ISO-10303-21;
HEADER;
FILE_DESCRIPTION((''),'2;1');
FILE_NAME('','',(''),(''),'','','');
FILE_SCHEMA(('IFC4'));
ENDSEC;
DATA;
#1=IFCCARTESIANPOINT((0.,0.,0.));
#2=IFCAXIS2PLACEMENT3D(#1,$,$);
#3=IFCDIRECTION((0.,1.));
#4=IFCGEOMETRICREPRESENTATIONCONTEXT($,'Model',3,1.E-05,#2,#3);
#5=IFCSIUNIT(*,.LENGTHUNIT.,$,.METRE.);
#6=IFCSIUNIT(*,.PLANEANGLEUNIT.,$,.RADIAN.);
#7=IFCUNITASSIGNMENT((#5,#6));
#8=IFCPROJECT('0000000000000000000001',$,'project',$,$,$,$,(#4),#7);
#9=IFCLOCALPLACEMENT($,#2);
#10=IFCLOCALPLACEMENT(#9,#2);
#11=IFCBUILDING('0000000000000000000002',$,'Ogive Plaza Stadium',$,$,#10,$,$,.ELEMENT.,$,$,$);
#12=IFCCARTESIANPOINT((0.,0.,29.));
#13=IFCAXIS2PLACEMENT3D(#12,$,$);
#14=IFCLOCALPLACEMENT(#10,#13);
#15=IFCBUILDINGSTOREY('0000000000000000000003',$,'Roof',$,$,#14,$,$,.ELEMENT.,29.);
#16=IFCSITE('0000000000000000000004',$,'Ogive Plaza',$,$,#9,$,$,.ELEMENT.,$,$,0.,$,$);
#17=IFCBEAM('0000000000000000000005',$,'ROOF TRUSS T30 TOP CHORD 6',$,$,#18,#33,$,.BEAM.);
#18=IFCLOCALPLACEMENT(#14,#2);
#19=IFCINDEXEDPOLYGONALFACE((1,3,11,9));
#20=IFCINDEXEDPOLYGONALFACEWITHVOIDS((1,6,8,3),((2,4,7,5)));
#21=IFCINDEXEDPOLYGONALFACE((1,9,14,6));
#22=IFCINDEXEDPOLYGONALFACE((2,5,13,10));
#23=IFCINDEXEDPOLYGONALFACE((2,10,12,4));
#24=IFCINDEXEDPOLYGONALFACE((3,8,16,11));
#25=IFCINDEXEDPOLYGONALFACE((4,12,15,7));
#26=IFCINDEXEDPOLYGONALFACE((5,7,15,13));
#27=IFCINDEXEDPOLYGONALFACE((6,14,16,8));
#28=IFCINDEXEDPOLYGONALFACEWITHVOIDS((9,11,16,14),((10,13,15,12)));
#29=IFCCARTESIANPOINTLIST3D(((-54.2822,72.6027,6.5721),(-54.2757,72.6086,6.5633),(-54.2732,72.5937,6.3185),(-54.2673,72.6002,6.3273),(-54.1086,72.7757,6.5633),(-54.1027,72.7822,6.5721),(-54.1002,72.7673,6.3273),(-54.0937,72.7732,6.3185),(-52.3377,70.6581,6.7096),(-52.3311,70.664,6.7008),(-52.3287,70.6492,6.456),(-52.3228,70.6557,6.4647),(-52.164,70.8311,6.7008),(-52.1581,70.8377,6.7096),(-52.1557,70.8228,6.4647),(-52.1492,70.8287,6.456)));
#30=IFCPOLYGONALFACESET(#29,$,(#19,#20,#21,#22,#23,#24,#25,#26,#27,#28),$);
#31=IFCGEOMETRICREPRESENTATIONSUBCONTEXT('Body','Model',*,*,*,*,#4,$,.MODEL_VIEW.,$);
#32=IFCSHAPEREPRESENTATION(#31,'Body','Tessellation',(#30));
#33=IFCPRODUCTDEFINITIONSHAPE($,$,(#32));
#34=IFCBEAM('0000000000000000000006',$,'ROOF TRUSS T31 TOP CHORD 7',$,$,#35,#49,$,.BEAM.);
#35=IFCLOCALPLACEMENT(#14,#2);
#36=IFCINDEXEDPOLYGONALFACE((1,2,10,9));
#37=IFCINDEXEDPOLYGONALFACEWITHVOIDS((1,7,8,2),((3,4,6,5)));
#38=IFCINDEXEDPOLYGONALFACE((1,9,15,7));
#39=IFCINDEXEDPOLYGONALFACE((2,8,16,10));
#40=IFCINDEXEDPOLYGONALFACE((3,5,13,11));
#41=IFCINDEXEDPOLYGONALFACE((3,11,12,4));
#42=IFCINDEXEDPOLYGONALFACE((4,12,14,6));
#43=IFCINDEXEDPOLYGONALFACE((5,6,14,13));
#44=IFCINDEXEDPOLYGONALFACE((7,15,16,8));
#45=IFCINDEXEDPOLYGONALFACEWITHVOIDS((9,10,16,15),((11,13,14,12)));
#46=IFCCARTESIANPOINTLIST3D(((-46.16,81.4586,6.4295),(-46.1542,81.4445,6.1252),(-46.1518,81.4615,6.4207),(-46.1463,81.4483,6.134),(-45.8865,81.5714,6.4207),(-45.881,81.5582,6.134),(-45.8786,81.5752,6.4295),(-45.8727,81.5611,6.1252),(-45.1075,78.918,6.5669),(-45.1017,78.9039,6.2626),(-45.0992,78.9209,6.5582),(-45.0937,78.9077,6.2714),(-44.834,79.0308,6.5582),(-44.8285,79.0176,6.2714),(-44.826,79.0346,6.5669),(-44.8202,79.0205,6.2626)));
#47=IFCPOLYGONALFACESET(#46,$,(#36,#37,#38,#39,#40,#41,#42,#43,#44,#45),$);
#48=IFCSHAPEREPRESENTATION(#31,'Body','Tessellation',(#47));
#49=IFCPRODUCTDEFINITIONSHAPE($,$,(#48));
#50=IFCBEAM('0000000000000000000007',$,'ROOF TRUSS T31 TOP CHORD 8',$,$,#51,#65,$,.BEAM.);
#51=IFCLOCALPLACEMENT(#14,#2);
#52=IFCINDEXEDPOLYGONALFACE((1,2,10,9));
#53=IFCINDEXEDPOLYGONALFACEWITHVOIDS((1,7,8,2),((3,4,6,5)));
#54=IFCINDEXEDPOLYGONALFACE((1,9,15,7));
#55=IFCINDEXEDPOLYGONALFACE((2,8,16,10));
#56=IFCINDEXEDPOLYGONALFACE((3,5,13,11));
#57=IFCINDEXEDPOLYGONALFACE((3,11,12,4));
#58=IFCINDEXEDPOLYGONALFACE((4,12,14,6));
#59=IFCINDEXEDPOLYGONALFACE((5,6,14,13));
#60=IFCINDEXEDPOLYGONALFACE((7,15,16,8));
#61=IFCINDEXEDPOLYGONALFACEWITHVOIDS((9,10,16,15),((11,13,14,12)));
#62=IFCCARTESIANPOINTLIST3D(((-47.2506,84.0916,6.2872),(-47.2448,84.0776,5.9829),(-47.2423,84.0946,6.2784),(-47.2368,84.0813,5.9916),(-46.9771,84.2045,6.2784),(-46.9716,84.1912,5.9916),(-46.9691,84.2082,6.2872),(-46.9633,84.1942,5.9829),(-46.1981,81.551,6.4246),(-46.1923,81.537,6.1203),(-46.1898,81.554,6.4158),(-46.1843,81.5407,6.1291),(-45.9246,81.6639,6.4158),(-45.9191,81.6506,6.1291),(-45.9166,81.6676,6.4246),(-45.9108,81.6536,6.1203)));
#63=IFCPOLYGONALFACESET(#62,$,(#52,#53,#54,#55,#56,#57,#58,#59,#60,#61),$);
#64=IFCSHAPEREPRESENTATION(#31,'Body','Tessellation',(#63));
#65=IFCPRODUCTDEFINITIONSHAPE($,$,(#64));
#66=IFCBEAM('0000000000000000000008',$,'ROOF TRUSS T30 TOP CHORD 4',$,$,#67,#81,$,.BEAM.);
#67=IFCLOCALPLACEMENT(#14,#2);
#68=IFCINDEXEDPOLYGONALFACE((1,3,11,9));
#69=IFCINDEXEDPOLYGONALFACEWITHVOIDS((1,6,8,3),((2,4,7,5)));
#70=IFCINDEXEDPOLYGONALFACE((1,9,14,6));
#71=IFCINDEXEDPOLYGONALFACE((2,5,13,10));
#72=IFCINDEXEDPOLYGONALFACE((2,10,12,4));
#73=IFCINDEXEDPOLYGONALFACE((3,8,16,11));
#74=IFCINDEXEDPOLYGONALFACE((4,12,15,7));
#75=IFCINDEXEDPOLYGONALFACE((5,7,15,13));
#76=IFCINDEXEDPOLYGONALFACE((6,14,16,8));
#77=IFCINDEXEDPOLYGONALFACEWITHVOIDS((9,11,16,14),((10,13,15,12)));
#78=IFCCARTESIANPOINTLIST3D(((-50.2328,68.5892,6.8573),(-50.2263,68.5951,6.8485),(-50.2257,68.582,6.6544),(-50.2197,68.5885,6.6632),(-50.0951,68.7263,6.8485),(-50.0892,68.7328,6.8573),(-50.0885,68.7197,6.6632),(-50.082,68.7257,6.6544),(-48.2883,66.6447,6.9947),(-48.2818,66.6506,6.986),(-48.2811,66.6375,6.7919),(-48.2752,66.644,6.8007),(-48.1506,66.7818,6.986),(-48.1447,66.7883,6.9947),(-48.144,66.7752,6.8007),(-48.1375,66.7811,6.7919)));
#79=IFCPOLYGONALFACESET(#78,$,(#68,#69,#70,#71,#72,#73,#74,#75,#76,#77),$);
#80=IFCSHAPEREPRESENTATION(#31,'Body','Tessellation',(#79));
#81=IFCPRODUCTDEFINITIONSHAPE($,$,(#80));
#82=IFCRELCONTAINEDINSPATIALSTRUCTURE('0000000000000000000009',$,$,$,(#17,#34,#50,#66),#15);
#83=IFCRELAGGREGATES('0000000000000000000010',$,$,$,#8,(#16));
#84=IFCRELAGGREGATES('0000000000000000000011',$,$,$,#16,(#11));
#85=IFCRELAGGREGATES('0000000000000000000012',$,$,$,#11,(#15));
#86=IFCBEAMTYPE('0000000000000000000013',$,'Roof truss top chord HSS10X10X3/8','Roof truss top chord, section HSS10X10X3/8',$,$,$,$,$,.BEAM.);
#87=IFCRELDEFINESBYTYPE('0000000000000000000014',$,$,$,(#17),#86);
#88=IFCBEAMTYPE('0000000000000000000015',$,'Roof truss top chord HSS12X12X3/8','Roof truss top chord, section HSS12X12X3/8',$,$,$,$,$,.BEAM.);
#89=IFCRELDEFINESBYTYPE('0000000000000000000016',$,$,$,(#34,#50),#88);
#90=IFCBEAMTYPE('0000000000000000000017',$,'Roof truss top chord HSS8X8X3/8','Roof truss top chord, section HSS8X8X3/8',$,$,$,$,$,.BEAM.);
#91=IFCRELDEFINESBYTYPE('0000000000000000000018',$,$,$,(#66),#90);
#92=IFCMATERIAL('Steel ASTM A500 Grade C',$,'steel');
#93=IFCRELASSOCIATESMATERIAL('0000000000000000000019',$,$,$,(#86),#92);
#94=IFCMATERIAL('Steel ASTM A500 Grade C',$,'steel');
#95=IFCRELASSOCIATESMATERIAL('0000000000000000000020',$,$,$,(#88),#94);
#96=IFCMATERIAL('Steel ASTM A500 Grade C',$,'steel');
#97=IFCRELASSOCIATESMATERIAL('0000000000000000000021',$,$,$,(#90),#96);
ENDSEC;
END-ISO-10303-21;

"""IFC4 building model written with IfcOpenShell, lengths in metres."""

from ifc_helpers import new_model, si_unit, direction, frame, origin, origin_2d, place, context, subcontext, project, spatial, hollow_rectangle, extrude, material, material_profile, profile_set, type_object, element, save


model = new_model("IFC4")

# Units and contexts
model_context = context("Model", 3, precision=1e-05, world=origin(), true_north=direction((0.0, 1.0)))
body_context = subcontext(model_context, "Body", "Model", "MODEL_VIEW")
ifc_project = project(units=[si_unit("LENGTHUNIT", "METRE"), si_unit("PLANEANGLEUNIT", "RADIAN")], contexts=[model_context])

# Site, building, storey
site_placement = place(None, origin())
site = spatial("IfcSite", under=ifc_project, at=site_placement, Name="Ogive Plaza", CompositionType="ELEMENT", RefElevation=0.0)
building_placement = place(site_placement, origin())
building = spatial("IfcBuilding", under=site, at=building_placement, Name="Ogive Plaza Stadium", CompositionType="ELEMENT")
storey_placement = place(building_placement, frame((0.0, 0.0, 29.0)))
storey = spatial("IfcBuildingStorey", under=building, at=storey_placement, Name="Roof", CompositionType="ELEMENT", Elevation=29.0)

# Beams
ifc_material_1 = material(Name="Steel ASTM A500 Grade C", Category="steel")
ifc_material_profile_1 = material_profile(ifc_material_1, hollow_rectangle(XDim=0.2539, YDim=0.2539, WallThickness=0.0088, at=origin_2d()), Name="HSS10X10X3/8")
ifc_profile_set_1 = profile_set([ifc_material_profile_1], Name="Steel ASTM A500 Grade C")
beam_type_1 = type_object("IfcBeamType", Name="Roof truss top chord HSS10X10X3/8", Description="Roof truss top chord, section HSS10X10X3/8", PredefinedType="BEAM", material=ifc_profile_set_1)
for number, where, z_axis, x_axis, name in (
    (1, (-52.2434, 70.7434, 6.5828), (-0.706225, 0.706225, -0.049919), (-0.707107, -0.707107, 0.0), "ROOF TRUSS T30 TOP CHORD 6"),
):
    element("IfcBeam", number, at=place(storey_placement, frame(where, z_axis=z_axis, x_axis=x_axis)), inside=storey, type_object=beam_type_1, Name=name, PredefinedType="BEAM", context=body_context, shape_type="SweptSolid", body=[
        extrude(hollow_rectangle(XDim=0.2539, YDim=0.2539, WallThickness=0.0088, at=origin_2d()), origin(), (0.0, 0.0, 1.0), 2.7534),
    ])
ifc_material_2 = material(Name="Steel ASTM A500 Grade C", Category="steel")
ifc_material_profile_2 = material_profile(ifc_material_2, hollow_rectangle(XDim=0.3047, YDim=0.3047, WallThickness=0.0088, at=origin_2d()), Name="HSS12X12X3/8")
ifc_profile_set_2 = profile_set([ifc_material_profile_2], Name="Steel ASTM A500 Grade C")
beam_type_2 = type_object("IfcBeamType", Name="Roof truss top chord HSS12X12X3/8", Description="Roof truss top chord, section HSS12X12X3/8", PredefinedType="BEAM", material=ifc_profile_set_2)
for number, where, z_axis, x_axis, name in (
    (2, (-44.9639, 78.9692, 6.4148), (-0.382259, 0.922706, -0.049922), (-0.923858, -0.382736, 0.0), "ROOF TRUSS T31 TOP CHORD 7"),
    (3, (-46.0544, 81.6023, 6.2725), (-0.382259, 0.922706, -0.049922), (-0.923858, -0.382736, 0.0), "ROOF TRUSS T31 TOP CHORD 8"),
):
    element("IfcBeam", number, at=place(storey_placement, frame(where, z_axis=z_axis, x_axis=x_axis)), inside=storey, type_object=beam_type_2, Name=name, PredefinedType="BEAM", context=body_context, shape_type="SweptSolid", body=[
        extrude(hollow_rectangle(XDim=0.3047, YDim=0.3047, WallThickness=0.0088, at=origin_2d()), origin(), (0.0, 0.0, 1.0), 2.7534),
    ])
ifc_material_3 = material(Name="Steel ASTM A500 Grade C", Category="steel")
ifc_material_profile_3 = material_profile(ifc_material_3, hollow_rectangle(XDim=0.2031, YDim=0.2031, WallThickness=0.0088, at=origin_2d()), Name="HSS8X8X3/8")
ifc_profile_set_3 = profile_set([ifc_material_profile_3], Name="Steel ASTM A500 Grade C")
beam_type_3 = type_object("IfcBeamType", Name="Roof truss top chord HSS8X8X3/8", Description="Roof truss top chord, section HSS8X8X3/8", PredefinedType="BEAM", material=ifc_profile_set_3)
beam_1_placement = place(storey_placement, frame((-48.2129, 66.7129, 6.8933), z_axis=(-0.706225, 0.706225, -0.049919), x_axis=(-0.707107, -0.707107, 0.0)))
element("IfcBeam", 4, at=beam_1_placement, inside=storey, type_object=beam_type_3, Name="ROOF TRUSS T30 TOP CHORD 4", PredefinedType="BEAM", context=body_context, shape_type="SweptSolid", body=[
    extrude(hollow_rectangle(XDim=0.2031, YDim=0.2031, WallThickness=0.0088, at=origin_2d()), origin(), (0.0, 0.0, 1.0), 2.7534),
])

save(model, "model.ifc")
